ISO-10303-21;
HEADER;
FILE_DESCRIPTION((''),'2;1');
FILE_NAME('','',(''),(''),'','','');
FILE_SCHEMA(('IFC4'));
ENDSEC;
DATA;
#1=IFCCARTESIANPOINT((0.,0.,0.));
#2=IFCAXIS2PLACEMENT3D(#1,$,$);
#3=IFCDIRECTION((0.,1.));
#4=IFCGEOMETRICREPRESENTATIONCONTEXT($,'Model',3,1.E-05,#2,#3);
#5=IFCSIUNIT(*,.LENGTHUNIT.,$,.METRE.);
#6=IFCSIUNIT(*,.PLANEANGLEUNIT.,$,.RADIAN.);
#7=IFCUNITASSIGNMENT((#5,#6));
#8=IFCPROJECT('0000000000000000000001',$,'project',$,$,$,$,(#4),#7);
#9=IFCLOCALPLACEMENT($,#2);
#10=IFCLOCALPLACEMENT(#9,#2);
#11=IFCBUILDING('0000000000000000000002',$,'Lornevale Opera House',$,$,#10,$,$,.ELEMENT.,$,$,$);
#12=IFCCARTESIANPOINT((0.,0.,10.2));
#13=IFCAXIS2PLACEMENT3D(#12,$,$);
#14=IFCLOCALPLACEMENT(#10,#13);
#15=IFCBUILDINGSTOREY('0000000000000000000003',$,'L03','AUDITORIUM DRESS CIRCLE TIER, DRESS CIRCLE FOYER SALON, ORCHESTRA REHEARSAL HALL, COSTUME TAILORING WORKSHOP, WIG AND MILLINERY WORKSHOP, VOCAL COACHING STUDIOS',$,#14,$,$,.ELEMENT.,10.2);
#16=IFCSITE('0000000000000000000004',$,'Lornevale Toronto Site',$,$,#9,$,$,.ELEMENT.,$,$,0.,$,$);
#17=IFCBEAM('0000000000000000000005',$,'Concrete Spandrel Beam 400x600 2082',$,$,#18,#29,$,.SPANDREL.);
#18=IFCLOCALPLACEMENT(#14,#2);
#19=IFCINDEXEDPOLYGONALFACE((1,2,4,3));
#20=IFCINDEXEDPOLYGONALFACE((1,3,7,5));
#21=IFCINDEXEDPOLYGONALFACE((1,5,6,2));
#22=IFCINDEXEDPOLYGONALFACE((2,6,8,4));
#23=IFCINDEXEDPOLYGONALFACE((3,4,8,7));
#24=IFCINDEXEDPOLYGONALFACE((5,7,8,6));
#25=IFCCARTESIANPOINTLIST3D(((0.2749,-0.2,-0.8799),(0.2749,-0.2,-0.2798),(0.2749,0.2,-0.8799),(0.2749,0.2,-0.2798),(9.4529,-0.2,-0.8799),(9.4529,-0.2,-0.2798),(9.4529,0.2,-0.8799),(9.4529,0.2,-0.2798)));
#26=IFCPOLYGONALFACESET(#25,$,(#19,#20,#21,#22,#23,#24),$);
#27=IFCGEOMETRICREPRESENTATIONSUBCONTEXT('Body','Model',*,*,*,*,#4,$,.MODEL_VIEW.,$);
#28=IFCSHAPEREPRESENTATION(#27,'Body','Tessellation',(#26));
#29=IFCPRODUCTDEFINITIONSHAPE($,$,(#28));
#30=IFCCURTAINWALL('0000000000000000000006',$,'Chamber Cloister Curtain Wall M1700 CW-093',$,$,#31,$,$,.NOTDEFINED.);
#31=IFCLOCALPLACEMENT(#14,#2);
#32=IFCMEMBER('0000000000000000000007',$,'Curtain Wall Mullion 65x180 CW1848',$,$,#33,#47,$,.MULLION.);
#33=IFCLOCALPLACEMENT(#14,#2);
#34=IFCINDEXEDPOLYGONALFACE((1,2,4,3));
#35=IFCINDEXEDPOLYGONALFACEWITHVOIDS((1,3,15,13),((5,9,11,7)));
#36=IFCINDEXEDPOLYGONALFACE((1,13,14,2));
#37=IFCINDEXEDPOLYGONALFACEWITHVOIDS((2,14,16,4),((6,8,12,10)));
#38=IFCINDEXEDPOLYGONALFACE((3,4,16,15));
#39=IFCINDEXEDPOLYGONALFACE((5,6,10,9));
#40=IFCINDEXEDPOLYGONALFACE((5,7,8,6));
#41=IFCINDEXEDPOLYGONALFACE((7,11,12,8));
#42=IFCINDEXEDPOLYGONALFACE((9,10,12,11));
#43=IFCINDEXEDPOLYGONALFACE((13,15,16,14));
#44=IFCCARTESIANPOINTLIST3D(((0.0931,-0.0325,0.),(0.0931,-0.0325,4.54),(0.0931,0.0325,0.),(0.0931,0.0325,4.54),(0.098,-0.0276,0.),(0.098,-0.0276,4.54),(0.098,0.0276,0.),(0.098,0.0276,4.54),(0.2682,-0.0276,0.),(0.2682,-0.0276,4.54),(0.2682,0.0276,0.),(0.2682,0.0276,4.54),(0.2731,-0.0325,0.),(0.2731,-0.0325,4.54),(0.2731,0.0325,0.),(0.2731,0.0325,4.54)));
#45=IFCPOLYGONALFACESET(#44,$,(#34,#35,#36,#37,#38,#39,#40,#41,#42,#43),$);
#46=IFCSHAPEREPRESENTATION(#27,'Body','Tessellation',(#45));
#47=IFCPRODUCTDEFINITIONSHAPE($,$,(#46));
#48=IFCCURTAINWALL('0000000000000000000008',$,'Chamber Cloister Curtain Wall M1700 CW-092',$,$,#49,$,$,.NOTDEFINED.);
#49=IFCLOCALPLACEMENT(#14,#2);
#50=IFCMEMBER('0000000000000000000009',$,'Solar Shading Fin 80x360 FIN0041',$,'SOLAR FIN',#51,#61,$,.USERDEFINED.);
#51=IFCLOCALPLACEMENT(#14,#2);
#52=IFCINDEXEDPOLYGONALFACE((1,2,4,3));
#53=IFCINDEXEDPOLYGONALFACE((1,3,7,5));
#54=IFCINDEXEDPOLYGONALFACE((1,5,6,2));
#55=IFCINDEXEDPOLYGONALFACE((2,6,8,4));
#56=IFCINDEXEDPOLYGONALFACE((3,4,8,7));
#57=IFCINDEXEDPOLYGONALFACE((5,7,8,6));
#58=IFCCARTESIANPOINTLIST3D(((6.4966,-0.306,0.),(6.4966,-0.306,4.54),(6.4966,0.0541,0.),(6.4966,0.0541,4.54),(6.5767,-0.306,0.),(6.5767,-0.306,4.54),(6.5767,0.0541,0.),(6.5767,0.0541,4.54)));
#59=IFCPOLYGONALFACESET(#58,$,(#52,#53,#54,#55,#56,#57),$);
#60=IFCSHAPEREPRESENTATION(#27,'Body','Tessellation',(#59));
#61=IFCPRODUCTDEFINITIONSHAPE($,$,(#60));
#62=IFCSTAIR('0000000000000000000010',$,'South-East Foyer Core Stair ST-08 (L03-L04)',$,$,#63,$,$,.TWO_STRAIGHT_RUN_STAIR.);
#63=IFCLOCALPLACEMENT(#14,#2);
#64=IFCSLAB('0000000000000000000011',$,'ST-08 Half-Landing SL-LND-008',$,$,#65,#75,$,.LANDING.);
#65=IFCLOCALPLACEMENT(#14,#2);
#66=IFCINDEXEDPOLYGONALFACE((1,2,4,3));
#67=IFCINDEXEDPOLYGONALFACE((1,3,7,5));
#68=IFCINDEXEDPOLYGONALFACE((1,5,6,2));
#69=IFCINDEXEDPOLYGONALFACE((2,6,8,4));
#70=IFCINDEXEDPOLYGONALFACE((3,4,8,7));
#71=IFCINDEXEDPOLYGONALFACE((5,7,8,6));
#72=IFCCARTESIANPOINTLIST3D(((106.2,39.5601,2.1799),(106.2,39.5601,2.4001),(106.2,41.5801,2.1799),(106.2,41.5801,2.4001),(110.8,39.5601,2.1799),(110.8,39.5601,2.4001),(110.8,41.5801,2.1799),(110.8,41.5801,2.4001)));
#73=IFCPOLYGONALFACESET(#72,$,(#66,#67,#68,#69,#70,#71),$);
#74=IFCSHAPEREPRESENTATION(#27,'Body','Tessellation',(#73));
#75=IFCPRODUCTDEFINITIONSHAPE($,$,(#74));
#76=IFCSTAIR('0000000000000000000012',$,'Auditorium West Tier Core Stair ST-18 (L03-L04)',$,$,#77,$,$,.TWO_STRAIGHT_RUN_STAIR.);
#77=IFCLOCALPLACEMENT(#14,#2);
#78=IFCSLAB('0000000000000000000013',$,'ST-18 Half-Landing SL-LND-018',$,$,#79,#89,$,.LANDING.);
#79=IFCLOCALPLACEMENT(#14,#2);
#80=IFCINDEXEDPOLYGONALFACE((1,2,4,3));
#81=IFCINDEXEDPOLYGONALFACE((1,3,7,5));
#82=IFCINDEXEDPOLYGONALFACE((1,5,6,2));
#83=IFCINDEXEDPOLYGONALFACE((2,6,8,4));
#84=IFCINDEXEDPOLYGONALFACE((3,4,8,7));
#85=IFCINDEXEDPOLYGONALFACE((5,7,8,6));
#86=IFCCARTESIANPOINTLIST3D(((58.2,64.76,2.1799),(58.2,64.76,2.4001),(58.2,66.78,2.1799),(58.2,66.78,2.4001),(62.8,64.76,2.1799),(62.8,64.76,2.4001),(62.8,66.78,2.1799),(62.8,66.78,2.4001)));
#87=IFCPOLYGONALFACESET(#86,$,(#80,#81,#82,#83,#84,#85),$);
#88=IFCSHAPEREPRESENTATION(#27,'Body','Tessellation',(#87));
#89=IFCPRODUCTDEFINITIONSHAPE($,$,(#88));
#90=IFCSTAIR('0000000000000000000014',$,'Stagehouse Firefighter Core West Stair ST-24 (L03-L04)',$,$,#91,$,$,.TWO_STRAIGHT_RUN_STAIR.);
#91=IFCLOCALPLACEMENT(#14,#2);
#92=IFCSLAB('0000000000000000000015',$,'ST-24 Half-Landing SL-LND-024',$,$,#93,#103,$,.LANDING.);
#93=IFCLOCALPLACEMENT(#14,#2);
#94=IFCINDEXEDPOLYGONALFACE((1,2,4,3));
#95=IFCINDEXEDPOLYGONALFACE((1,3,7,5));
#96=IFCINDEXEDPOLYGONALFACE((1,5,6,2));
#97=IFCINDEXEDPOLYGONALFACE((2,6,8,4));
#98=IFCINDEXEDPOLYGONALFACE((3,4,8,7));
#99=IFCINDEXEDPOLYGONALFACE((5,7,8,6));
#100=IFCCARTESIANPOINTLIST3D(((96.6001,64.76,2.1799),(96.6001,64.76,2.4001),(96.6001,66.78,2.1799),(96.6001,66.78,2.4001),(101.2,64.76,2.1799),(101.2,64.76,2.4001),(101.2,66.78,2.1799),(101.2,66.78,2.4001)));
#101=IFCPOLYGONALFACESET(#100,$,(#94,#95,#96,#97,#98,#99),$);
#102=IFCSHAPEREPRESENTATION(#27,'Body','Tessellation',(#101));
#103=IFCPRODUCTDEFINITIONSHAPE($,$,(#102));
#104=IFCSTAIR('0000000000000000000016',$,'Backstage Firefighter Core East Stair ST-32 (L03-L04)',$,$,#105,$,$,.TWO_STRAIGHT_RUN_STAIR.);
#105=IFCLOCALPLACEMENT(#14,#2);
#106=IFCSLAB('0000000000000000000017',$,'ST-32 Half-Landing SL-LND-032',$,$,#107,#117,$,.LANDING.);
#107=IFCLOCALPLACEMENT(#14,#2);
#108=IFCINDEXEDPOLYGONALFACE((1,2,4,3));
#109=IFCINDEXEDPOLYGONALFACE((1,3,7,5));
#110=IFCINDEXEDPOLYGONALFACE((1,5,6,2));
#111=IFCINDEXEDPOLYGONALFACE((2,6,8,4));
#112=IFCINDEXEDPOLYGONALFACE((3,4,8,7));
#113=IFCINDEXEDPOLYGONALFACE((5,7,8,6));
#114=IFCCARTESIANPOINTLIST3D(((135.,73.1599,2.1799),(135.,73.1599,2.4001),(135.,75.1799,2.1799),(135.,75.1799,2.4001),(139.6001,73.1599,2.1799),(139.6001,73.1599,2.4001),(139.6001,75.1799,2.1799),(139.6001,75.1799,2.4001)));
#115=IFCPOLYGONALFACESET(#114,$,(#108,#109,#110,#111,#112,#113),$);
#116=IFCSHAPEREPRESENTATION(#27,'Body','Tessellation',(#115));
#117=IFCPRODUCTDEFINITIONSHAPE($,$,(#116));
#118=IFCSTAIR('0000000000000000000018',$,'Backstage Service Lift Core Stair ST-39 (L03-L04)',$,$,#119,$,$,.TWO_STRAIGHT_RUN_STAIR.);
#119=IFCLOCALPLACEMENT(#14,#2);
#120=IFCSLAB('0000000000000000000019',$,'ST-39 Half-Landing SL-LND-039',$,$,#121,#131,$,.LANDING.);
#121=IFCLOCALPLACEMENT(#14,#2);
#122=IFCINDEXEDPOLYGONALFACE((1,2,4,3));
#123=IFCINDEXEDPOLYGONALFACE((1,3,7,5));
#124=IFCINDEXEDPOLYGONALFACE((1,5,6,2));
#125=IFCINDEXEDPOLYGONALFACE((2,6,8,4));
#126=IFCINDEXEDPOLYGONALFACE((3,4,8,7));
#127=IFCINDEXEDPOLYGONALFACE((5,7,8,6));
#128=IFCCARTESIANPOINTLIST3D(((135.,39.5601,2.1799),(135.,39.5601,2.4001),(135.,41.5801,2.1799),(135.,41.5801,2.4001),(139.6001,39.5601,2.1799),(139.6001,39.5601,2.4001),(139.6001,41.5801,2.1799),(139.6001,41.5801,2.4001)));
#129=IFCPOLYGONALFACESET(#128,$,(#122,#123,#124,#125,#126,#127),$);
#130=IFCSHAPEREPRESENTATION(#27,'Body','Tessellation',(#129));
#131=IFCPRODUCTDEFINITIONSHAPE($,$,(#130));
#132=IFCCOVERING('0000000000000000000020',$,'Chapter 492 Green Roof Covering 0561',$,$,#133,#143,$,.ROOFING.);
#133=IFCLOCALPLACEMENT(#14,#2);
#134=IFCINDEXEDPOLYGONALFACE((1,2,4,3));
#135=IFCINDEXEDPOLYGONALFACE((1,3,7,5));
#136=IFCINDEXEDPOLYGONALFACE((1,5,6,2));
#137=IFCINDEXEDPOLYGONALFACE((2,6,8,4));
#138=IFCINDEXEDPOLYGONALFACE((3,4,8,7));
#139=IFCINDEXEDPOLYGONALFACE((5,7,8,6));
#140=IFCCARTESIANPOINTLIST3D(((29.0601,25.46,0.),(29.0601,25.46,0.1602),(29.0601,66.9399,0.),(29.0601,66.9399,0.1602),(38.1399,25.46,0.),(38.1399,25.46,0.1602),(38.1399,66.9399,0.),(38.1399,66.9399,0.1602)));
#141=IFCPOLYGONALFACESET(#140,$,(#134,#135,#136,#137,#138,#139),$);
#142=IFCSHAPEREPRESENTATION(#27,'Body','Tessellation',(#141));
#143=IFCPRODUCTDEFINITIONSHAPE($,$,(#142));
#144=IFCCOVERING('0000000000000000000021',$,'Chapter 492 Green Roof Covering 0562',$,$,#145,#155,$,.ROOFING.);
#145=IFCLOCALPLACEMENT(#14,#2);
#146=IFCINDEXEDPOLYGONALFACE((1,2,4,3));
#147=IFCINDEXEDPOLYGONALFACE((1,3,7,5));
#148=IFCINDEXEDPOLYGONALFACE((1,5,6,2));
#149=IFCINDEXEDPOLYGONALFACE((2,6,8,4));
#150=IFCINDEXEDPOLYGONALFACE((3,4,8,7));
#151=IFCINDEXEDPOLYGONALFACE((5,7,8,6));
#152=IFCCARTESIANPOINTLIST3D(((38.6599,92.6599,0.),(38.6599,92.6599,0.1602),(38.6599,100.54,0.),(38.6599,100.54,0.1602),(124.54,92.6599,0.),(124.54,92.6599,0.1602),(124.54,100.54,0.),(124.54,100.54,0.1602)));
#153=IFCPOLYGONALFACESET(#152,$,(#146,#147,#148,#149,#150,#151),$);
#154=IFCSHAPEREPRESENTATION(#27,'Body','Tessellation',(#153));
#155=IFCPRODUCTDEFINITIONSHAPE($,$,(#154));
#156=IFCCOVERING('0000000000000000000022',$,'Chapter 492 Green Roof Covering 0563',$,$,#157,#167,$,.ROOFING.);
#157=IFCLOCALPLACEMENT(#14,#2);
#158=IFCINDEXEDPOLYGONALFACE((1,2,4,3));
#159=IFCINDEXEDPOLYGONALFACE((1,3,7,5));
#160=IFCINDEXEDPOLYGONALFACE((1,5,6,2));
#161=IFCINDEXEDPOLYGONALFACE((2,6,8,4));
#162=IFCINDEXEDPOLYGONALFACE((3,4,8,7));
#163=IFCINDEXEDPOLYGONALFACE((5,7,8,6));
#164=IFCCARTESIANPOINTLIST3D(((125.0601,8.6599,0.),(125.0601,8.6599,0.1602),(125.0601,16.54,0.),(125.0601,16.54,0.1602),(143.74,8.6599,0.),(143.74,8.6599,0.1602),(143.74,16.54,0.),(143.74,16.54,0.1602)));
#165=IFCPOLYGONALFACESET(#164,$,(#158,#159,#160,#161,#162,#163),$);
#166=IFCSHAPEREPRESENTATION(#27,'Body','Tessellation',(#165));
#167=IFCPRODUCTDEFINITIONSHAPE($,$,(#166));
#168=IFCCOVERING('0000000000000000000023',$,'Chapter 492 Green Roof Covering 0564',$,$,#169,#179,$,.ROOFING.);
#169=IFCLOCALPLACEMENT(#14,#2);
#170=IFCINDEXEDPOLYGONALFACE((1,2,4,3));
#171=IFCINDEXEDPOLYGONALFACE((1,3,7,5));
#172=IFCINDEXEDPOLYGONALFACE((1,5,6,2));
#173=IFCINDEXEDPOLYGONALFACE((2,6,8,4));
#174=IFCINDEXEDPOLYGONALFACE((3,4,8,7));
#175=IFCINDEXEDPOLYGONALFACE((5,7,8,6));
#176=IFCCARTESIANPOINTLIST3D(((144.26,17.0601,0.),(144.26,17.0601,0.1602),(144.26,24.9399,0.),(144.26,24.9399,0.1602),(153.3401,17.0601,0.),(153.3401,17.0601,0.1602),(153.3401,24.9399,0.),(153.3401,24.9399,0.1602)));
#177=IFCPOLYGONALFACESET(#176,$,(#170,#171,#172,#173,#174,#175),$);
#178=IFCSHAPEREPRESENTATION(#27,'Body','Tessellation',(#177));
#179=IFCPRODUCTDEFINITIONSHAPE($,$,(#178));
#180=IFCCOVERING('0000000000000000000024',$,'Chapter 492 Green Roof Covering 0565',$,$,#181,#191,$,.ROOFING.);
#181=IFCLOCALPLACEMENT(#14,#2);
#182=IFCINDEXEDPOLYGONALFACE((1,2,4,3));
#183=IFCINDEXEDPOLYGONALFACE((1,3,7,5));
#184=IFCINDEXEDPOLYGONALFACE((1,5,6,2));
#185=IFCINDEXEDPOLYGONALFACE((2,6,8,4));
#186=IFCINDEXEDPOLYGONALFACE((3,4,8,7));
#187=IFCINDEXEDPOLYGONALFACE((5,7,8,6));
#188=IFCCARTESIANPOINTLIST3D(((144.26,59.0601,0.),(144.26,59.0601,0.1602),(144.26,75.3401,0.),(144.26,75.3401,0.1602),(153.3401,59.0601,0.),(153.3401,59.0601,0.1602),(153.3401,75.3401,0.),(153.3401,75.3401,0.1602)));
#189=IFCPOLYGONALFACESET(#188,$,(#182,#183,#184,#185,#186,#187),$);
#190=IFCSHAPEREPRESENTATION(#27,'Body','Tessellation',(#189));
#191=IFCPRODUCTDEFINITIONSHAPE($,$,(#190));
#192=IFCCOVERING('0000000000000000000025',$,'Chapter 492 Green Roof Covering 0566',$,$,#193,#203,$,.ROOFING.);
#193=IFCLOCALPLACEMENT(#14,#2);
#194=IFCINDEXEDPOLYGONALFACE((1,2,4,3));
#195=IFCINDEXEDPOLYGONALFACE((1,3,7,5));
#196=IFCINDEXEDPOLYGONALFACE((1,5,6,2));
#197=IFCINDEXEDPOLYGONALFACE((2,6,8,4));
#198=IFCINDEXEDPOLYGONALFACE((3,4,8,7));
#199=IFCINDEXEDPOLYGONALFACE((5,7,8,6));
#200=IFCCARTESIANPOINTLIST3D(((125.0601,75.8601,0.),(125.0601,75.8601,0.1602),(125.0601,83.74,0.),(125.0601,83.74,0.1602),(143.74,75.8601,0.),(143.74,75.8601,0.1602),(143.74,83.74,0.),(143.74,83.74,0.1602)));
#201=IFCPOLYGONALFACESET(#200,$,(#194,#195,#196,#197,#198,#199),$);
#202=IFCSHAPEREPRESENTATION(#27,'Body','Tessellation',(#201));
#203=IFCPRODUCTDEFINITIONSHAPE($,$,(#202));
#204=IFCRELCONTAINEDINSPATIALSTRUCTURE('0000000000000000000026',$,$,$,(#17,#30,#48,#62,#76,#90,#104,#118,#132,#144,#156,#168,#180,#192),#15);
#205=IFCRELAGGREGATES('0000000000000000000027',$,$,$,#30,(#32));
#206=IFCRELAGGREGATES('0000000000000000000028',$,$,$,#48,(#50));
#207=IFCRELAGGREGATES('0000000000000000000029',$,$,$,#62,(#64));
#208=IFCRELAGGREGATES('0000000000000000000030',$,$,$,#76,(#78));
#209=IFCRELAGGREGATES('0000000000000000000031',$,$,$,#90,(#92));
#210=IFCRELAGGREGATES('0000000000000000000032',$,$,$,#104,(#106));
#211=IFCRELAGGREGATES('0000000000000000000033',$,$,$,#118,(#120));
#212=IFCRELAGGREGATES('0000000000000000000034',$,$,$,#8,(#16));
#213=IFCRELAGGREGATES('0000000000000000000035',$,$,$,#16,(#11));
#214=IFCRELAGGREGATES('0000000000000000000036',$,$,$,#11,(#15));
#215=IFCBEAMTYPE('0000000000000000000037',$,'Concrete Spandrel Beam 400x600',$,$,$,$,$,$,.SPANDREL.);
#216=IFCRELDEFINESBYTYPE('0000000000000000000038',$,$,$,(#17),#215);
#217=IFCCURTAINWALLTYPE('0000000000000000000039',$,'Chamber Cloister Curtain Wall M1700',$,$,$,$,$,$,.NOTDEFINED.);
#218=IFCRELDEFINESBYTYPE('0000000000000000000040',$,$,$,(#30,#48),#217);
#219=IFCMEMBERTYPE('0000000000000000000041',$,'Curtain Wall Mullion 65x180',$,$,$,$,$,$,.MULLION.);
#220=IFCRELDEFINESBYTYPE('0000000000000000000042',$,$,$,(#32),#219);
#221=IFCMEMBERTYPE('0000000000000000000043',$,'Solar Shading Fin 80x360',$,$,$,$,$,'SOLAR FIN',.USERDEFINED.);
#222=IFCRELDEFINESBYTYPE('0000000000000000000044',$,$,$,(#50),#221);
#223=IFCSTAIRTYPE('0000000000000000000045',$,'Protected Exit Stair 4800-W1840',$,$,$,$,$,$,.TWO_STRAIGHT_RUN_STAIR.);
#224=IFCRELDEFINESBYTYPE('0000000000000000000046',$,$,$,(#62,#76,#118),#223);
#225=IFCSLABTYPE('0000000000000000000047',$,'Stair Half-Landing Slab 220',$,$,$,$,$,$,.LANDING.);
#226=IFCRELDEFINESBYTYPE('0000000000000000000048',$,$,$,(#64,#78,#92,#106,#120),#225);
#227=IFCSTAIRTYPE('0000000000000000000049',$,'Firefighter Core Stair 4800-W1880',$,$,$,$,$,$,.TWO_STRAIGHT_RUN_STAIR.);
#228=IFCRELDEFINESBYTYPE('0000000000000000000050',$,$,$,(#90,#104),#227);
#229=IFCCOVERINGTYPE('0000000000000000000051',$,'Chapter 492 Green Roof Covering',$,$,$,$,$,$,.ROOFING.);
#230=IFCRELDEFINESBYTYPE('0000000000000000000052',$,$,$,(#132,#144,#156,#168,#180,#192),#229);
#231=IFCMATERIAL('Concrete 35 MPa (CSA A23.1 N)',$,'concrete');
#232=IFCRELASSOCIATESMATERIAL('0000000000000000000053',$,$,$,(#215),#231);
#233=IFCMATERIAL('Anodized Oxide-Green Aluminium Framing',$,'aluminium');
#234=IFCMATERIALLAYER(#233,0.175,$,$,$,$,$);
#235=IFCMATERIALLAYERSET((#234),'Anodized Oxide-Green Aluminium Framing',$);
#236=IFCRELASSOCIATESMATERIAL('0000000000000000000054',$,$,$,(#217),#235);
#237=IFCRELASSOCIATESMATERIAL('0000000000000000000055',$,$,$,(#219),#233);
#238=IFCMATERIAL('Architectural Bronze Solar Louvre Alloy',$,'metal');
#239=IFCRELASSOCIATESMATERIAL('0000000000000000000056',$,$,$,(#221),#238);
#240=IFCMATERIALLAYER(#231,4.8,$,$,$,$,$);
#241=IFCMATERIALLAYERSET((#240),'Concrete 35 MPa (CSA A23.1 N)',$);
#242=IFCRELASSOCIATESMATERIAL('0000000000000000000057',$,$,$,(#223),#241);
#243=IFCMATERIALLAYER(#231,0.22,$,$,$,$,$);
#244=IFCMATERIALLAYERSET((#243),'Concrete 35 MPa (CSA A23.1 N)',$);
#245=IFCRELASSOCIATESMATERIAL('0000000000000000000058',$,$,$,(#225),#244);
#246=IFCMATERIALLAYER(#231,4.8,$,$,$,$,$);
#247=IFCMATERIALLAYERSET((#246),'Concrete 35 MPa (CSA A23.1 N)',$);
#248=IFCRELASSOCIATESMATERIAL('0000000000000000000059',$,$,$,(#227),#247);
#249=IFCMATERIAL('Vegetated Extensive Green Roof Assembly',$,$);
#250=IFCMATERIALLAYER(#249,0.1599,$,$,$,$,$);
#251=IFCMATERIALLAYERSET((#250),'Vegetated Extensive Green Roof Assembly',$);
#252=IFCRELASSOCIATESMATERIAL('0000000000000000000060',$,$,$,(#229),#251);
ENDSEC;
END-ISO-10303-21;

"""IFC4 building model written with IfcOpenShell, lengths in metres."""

from ifc_helpers import new_model, si_unit, direction, frame, origin, origin_2d, place, context, subcontext, project, spatial, polyline, rectangle, hollow_rectangle, outline, extrude, material, layer, layer_set, material_profile, profile_set, type_object, element, aggregate, save


model = new_model("IFC4")

# Units and contexts
model_context = context("Model", 3, precision=1e-05, world=origin(), true_north=direction((0.0, 1.0)))
body_context = subcontext(model_context, "Body", "Model", "MODEL_VIEW")
ifc_project = project(units=[si_unit("LENGTHUNIT", "METRE"), si_unit("PLANEANGLEUNIT", "RADIAN")], contexts=[model_context])

# Site, building, storey
site_placement = place(None, origin())
site = spatial("IfcSite", under=ifc_project, at=site_placement, Name="Lornevale Toronto Site", CompositionType="ELEMENT", RefElevation=0.0)
building_placement = place(site_placement, origin())
building = spatial("IfcBuilding", under=site, at=building_placement, Name="Lornevale Opera House", CompositionType="ELEMENT")
storey_placement = place(building_placement, frame((0.0, 0.0, 10.2)))
storey = spatial("IfcBuildingStorey", under=building, at=storey_placement, Name="L03", Description="AUDITORIUM DRESS CIRCLE TIER, DRESS CIRCLE FOYER SALON, ORCHESTRA REHEARSAL HALL, COSTUME TAILORING WORKSHOP, WIG AND MILLINERY WORKSHOP, VOCAL COACHING STUDIOS", CompositionType="ELEMENT", Elevation=10.2)

# Beam
ifc_material_1 = material(Name="Concrete 35 MPa (CSA A23.1 N)", Category="concrete")
ifc_material_profile_1 = material_profile(ifc_material_1, rectangle(XDim=0.3999, YDim=0.6001, at=origin_2d()), Name="RC400x600")
ifc_profile_set_1 = profile_set([ifc_material_profile_1], Name="Concrete 35 MPa (CSA A23.1 N)")
beam_type = type_object("IfcBeamType", Name="Concrete Spandrel Beam 400x600", PredefinedType="SPANDREL", material=ifc_profile_set_1)
beam_placement = place(storey_placement, frame((0.2749, 0.0, -0.5798), z_axis=(1.0, 0.0, 0.0), x_axis=(0.0, 1.0, 0.0)))
element("IfcBeam", 1, at=beam_placement, inside=storey, type_object=beam_type, Name="Concrete Spandrel Beam 400x600 2082", PredefinedType="SPANDREL", context=body_context, shape_type="SweptSolid", body=[
    extrude(rectangle(XDim=0.3999, YDim=0.6001, at=origin_2d()), origin(), (0.0, 0.0, 1.0), 9.178),
])

# Curtain walls, members
ifc_material_2 = material(Name="Anodized Oxide-Green Aluminium Framing", Category="aluminium")
ifc_layer_1 = layer(ifc_material_2, 0.175)
ifc_layer_set_1 = layer_set([ifc_layer_1], Name="Anodized Oxide-Green Aluminium Framing")
curtain_wall_type = type_object("IfcCurtainWallType", Name="Chamber Cloister Curtain Wall M1700", PredefinedType="NOTDEFINED", material=ifc_layer_set_1)
curtain_wall_1_placement = place(storey_placement, origin())
curtain_wall_1 = element("IfcCurtainWall", 2, at=curtain_wall_1_placement, inside=storey, type_object=curtain_wall_type, Name="Chamber Cloister Curtain Wall M1700 CW-093", PredefinedType="NOTDEFINED")
ifc_material_profile_2 = material_profile(ifc_material_2, hollow_rectangle(XDim=0.0649, YDim=0.1799, WallThickness=0.0049, at=origin_2d()), Name="ALU65x180x5")
ifc_profile_set_2 = profile_set([ifc_material_profile_2], Name="Anodized Oxide-Green Aluminium Framing")
member_type_1 = type_object("IfcMemberType", Name="Curtain Wall Mullion 65x180", PredefinedType="MULLION", material=ifc_profile_set_2)
member_1_placement = place(storey_placement, frame((0.1831, 0.0, 0.0), z_axis=(0.0, 0.0, 1.0), x_axis=(0.0, -1.0, 0.0)))
member_1 = element("IfcMember", 3, at=member_1_placement, type_object=member_type_1, Name="Curtain Wall Mullion 65x180 CW1848", PredefinedType="MULLION", context=body_context, shape_type="SweptSolid", body=[
    extrude(hollow_rectangle(XDim=0.0649, YDim=0.1799, WallThickness=0.0049, at=origin_2d()), origin(), (0.0, 0.0, 1.0), 4.54),
])
aggregate(curtain_wall_1, [member_1])
curtain_wall_2_placement = place(storey_placement, origin())
curtain_wall_2 = element("IfcCurtainWall", 4, at=curtain_wall_2_placement, inside=storey, type_object=curtain_wall_type, Name="Chamber Cloister Curtain Wall M1700 CW-092", PredefinedType="NOTDEFINED")
ifc_material_3 = material(Name="Architectural Bronze Solar Louvre Alloy", Category="metal")
ifc_material_profile_3 = material_profile(ifc_material_3, rectangle(XDim=0.0801, YDim=0.3601, at=origin_2d()), Name="FIN80x360")
ifc_profile_set_3 = profile_set([ifc_material_profile_3], Name="Architectural Bronze Solar Louvre Alloy")
member_type_2 = type_object("IfcMemberType", Name="Solar Shading Fin 80x360", ElementType="SOLAR FIN", PredefinedType="USERDEFINED", material=ifc_profile_set_3)
member_2_placement = place(storey_placement, frame((6.5366, -0.126, 0.0), z_axis=(0.0, 0.0, 1.0), x_axis=(-1.0, 0.0, 0.0)))
member_2 = element("IfcMember", 5, at=member_2_placement, type_object=member_type_2, Name="Solar Shading Fin 80x360 FIN0041", ObjectType="SOLAR FIN", PredefinedType="USERDEFINED", context=body_context, shape_type="SweptSolid", body=[
    extrude(rectangle(XDim=0.0801, YDim=0.3601, at=origin_2d()), origin(), (0.0, 0.0, 1.0), 4.54),
])
aggregate(curtain_wall_2, [member_2])

# Stairs, slabs
ifc_layer_2 = layer(ifc_material_1, 4.8)
ifc_layer_set_2 = layer_set([ifc_layer_2], Name="Concrete 35 MPa (CSA A23.1 N)")
stair_type_1 = type_object("IfcStairType", Name="Protected Exit Stair 4800-W1840", PredefinedType="TWO_STRAIGHT_RUN_STAIR", material=ifc_layer_set_2)
stair_1_placement = place(storey_placement, origin())
stair_1 = element("IfcStair", 6, at=stair_1_placement, inside=storey, type_object=stair_type_1, Name="South-East Foyer Core Stair ST-08 (L03-L04)", PredefinedType="TWO_STRAIGHT_RUN_STAIR")
ifc_layer_3 = layer(ifc_material_1, 0.22)
ifc_layer_set_3 = layer_set([ifc_layer_3], Name="Concrete 35 MPa (CSA A23.1 N)")
slab_type = type_object("IfcSlabType", Name="Stair Half-Landing Slab 220", PredefinedType="LANDING", material=ifc_layer_set_3)
slab_1_placement = place(storey_placement, frame((0.0, 0.0, 2.1799)))
slab_1 = element("IfcSlab", 7, at=slab_1_placement, type_object=slab_type, Name="ST-08 Half-Landing SL-LND-008", PredefinedType="LANDING", context=body_context, shape_type="SweptSolid", body=[
    extrude(outline(polyline([(106.2, 39.5601), (110.8, 39.5601), (110.8, 41.5801), (106.2, 41.5801), (106.2, 39.5601)])), origin(), (0.0, 0.0, 1.0), 0.2202),
])
aggregate(stair_1, [slab_1])
stair_2_placement = place(storey_placement, origin())
stair_2 = element("IfcStair", 8, at=stair_2_placement, inside=storey, type_object=stair_type_1, Name="Auditorium West Tier Core Stair ST-18 (L03-L04)", PredefinedType="TWO_STRAIGHT_RUN_STAIR")
slab_2_placement = place(storey_placement, frame((0.0, 0.0, 2.1799)))
slab_2 = element("IfcSlab", 9, at=slab_2_placement, type_object=slab_type, Name="ST-18 Half-Landing SL-LND-018", PredefinedType="LANDING", context=body_context, shape_type="SweptSolid", body=[
    extrude(outline(polyline([(58.2, 64.76), (62.8, 64.76), (62.8, 66.78), (58.2, 66.78), (58.2, 64.76)])), origin(), (0.0, 0.0, 1.0), 0.2202),
])
aggregate(stair_2, [slab_2])
ifc_layer_4 = layer(ifc_material_1, 4.8)
ifc_layer_set_4 = layer_set([ifc_layer_4], Name="Concrete 35 MPa (CSA A23.1 N)")
stair_type_2 = type_object("IfcStairType", Name="Firefighter Core Stair 4800-W1880", PredefinedType="TWO_STRAIGHT_RUN_STAIR", material=ifc_layer_set_4)
stair_3_placement = place(storey_placement, origin())
stair_3 = element("IfcStair", 10, at=stair_3_placement, inside=storey, type_object=stair_type_2, Name="Stagehouse Firefighter Core West Stair ST-24 (L03-L04)", PredefinedType="TWO_STRAIGHT_RUN_STAIR")
slab_3_placement = place(storey_placement, frame((0.0, 0.0, 2.1799)))
slab_3 = element("IfcSlab", 11, at=slab_3_placement, type_object=slab_type, Name="ST-24 Half-Landing SL-LND-024", PredefinedType="LANDING", context=body_context, shape_type="SweptSolid", body=[
    extrude(outline(polyline([(96.6001, 64.76), (101.2, 64.76), (101.2, 66.78), (96.6001, 66.78), (96.6001, 64.76)])), origin(), (0.0, 0.0, 1.0), 0.2202),
])
aggregate(stair_3, [slab_3])
stair_4_placement = place(storey_placement, origin())
stair_4 = element("IfcStair", 12, at=stair_4_placement, inside=storey, type_object=stair_type_2, Name="Backstage Firefighter Core East Stair ST-32 (L03-L04)", PredefinedType="TWO_STRAIGHT_RUN_STAIR")
slab_4_placement = place(storey_placement, frame((0.0, 0.0, 2.1799)))
slab_4 = element("IfcSlab", 13, at=slab_4_placement, type_object=slab_type, Name="ST-32 Half-Landing SL-LND-032", PredefinedType="LANDING", context=body_context, shape_type="SweptSolid", body=[
    extrude(outline(polyline([(135.0, 73.1599), (139.6001, 73.1599), (139.6001, 75.1799), (135.0, 75.1799), (135.0, 73.1599)])), origin(), (0.0, 0.0, 1.0), 0.2202),
])
aggregate(stair_4, [slab_4])
stair_5_placement = place(storey_placement, origin())
stair_5 = element("IfcStair", 14, at=stair_5_placement, inside=storey, type_object=stair_type_1, Name="Backstage Service Lift Core Stair ST-39 (L03-L04)", PredefinedType="TWO_STRAIGHT_RUN_STAIR")
slab_5_placement = place(storey_placement, frame((0.0, 0.0, 2.1799)))
slab_5 = element("IfcSlab", 15, at=slab_5_placement, type_object=slab_type, Name="ST-39 Half-Landing SL-LND-039", PredefinedType="LANDING", context=body_context, shape_type="SweptSolid", body=[
    extrude(outline(polyline([(135.0, 39.5601), (139.6001, 39.5601), (139.6001, 41.5801), (135.0, 41.5801), (135.0, 39.5601)])), origin(), (0.0, 0.0, 1.0), 0.2202),
])
aggregate(stair_5, [slab_5])

# Coverings
ifc_material_4 = material(Name="Vegetated Extensive Green Roof Assembly")
ifc_layer_5 = layer(ifc_material_4, 0.1599)
ifc_layer_set_5 = layer_set([ifc_layer_5], Name="Vegetated Extensive Green Roof Assembly")
covering_type_1 = type_object("IfcCoveringType", Name="Chapter 492 Green Roof Covering", PredefinedType="ROOFING", material=ifc_layer_set_5)
covering_1_placement = place(storey_placement, origin())
element("IfcCovering", 16, at=covering_1_placement, inside=storey, type_object=covering_type_1, Name="Chapter 492 Green Roof Covering 0561", PredefinedType="ROOFING", context=body_context, shape_type="SweptSolid", body=[
    extrude(outline(polyline([(29.0601, 66.9399), (38.1399, 66.9399), (38.1399, 25.46), (29.0601, 25.46), (29.0601, 66.9399)])), origin(), (0.0, 0.0, 1.0), 0.1602),
])
covering_2_placement = place(storey_placement, origin())
element("IfcCovering", 17, at=covering_2_placement, inside=storey, type_object=covering_type_1, Name="Chapter 492 Green Roof Covering 0562", PredefinedType="ROOFING", context=body_context, shape_type="SweptSolid", body=[
    extrude(outline(polyline([(124.54, 100.54), (124.54, 92.6599), (38.6599, 92.6599), (38.6599, 100.54), (124.54, 100.54)])), origin(), (0.0, 0.0, 1.0), 0.1602),
])
covering_3_placement = place(storey_placement, origin())
element("IfcCovering", 18, at=covering_3_placement, inside=storey, type_object=covering_type_1, Name="Chapter 492 Green Roof Covering 0563", PredefinedType="ROOFING", context=body_context, shape_type="SweptSolid", body=[
    extrude(outline(polyline([(143.74, 16.54), (143.74, 8.6599), (125.0601, 8.6599), (125.0601, 16.54), (143.74, 16.54)])), origin(), (0.0, 0.0, 1.0), 0.1602),
])
covering_4_placement = place(storey_placement, origin())
element("IfcCovering", 19, at=covering_4_placement, inside=storey, type_object=covering_type_1, Name="Chapter 492 Green Roof Covering 0564", PredefinedType="ROOFING", context=body_context, shape_type="SweptSolid", body=[
    extrude(outline(polyline([(144.26, 17.0601), (144.26, 24.9399), (153.3401, 24.9399), (153.3401, 17.0601), (144.26, 17.0601)])), origin(), (0.0, 0.0, 1.0), 0.1602),
])
covering_5_placement = place(storey_placement, origin())
element("IfcCovering", 20, at=covering_5_placement, inside=storey, type_object=covering_type_1, Name="Chapter 492 Green Roof Covering 0565", PredefinedType="ROOFING", context=body_context, shape_type="SweptSolid", body=[
    extrude(outline(polyline([(144.26, 59.0601), (144.26, 75.3401), (153.3401, 75.3401), (153.3401, 59.0601), (144.26, 59.0601)])), origin(), (0.0, 0.0, 1.0), 0.1602),
])
covering_6_placement = place(storey_placement, origin())
element("IfcCovering", 21, at=covering_6_placement, inside=storey, type_object=covering_type_1, Name="Chapter 492 Green Roof Covering 0566", PredefinedType="ROOFING", context=body_context, shape_type="SweptSolid", body=[
    extrude(outline(polyline([(143.74, 75.8601), (125.0601, 75.8601), (125.0601, 83.74), (143.74, 83.74), (143.74, 75.8601)])), origin(), (0.0, 0.0, 1.0), 0.1602),
])

save(model, "model.ifc")
